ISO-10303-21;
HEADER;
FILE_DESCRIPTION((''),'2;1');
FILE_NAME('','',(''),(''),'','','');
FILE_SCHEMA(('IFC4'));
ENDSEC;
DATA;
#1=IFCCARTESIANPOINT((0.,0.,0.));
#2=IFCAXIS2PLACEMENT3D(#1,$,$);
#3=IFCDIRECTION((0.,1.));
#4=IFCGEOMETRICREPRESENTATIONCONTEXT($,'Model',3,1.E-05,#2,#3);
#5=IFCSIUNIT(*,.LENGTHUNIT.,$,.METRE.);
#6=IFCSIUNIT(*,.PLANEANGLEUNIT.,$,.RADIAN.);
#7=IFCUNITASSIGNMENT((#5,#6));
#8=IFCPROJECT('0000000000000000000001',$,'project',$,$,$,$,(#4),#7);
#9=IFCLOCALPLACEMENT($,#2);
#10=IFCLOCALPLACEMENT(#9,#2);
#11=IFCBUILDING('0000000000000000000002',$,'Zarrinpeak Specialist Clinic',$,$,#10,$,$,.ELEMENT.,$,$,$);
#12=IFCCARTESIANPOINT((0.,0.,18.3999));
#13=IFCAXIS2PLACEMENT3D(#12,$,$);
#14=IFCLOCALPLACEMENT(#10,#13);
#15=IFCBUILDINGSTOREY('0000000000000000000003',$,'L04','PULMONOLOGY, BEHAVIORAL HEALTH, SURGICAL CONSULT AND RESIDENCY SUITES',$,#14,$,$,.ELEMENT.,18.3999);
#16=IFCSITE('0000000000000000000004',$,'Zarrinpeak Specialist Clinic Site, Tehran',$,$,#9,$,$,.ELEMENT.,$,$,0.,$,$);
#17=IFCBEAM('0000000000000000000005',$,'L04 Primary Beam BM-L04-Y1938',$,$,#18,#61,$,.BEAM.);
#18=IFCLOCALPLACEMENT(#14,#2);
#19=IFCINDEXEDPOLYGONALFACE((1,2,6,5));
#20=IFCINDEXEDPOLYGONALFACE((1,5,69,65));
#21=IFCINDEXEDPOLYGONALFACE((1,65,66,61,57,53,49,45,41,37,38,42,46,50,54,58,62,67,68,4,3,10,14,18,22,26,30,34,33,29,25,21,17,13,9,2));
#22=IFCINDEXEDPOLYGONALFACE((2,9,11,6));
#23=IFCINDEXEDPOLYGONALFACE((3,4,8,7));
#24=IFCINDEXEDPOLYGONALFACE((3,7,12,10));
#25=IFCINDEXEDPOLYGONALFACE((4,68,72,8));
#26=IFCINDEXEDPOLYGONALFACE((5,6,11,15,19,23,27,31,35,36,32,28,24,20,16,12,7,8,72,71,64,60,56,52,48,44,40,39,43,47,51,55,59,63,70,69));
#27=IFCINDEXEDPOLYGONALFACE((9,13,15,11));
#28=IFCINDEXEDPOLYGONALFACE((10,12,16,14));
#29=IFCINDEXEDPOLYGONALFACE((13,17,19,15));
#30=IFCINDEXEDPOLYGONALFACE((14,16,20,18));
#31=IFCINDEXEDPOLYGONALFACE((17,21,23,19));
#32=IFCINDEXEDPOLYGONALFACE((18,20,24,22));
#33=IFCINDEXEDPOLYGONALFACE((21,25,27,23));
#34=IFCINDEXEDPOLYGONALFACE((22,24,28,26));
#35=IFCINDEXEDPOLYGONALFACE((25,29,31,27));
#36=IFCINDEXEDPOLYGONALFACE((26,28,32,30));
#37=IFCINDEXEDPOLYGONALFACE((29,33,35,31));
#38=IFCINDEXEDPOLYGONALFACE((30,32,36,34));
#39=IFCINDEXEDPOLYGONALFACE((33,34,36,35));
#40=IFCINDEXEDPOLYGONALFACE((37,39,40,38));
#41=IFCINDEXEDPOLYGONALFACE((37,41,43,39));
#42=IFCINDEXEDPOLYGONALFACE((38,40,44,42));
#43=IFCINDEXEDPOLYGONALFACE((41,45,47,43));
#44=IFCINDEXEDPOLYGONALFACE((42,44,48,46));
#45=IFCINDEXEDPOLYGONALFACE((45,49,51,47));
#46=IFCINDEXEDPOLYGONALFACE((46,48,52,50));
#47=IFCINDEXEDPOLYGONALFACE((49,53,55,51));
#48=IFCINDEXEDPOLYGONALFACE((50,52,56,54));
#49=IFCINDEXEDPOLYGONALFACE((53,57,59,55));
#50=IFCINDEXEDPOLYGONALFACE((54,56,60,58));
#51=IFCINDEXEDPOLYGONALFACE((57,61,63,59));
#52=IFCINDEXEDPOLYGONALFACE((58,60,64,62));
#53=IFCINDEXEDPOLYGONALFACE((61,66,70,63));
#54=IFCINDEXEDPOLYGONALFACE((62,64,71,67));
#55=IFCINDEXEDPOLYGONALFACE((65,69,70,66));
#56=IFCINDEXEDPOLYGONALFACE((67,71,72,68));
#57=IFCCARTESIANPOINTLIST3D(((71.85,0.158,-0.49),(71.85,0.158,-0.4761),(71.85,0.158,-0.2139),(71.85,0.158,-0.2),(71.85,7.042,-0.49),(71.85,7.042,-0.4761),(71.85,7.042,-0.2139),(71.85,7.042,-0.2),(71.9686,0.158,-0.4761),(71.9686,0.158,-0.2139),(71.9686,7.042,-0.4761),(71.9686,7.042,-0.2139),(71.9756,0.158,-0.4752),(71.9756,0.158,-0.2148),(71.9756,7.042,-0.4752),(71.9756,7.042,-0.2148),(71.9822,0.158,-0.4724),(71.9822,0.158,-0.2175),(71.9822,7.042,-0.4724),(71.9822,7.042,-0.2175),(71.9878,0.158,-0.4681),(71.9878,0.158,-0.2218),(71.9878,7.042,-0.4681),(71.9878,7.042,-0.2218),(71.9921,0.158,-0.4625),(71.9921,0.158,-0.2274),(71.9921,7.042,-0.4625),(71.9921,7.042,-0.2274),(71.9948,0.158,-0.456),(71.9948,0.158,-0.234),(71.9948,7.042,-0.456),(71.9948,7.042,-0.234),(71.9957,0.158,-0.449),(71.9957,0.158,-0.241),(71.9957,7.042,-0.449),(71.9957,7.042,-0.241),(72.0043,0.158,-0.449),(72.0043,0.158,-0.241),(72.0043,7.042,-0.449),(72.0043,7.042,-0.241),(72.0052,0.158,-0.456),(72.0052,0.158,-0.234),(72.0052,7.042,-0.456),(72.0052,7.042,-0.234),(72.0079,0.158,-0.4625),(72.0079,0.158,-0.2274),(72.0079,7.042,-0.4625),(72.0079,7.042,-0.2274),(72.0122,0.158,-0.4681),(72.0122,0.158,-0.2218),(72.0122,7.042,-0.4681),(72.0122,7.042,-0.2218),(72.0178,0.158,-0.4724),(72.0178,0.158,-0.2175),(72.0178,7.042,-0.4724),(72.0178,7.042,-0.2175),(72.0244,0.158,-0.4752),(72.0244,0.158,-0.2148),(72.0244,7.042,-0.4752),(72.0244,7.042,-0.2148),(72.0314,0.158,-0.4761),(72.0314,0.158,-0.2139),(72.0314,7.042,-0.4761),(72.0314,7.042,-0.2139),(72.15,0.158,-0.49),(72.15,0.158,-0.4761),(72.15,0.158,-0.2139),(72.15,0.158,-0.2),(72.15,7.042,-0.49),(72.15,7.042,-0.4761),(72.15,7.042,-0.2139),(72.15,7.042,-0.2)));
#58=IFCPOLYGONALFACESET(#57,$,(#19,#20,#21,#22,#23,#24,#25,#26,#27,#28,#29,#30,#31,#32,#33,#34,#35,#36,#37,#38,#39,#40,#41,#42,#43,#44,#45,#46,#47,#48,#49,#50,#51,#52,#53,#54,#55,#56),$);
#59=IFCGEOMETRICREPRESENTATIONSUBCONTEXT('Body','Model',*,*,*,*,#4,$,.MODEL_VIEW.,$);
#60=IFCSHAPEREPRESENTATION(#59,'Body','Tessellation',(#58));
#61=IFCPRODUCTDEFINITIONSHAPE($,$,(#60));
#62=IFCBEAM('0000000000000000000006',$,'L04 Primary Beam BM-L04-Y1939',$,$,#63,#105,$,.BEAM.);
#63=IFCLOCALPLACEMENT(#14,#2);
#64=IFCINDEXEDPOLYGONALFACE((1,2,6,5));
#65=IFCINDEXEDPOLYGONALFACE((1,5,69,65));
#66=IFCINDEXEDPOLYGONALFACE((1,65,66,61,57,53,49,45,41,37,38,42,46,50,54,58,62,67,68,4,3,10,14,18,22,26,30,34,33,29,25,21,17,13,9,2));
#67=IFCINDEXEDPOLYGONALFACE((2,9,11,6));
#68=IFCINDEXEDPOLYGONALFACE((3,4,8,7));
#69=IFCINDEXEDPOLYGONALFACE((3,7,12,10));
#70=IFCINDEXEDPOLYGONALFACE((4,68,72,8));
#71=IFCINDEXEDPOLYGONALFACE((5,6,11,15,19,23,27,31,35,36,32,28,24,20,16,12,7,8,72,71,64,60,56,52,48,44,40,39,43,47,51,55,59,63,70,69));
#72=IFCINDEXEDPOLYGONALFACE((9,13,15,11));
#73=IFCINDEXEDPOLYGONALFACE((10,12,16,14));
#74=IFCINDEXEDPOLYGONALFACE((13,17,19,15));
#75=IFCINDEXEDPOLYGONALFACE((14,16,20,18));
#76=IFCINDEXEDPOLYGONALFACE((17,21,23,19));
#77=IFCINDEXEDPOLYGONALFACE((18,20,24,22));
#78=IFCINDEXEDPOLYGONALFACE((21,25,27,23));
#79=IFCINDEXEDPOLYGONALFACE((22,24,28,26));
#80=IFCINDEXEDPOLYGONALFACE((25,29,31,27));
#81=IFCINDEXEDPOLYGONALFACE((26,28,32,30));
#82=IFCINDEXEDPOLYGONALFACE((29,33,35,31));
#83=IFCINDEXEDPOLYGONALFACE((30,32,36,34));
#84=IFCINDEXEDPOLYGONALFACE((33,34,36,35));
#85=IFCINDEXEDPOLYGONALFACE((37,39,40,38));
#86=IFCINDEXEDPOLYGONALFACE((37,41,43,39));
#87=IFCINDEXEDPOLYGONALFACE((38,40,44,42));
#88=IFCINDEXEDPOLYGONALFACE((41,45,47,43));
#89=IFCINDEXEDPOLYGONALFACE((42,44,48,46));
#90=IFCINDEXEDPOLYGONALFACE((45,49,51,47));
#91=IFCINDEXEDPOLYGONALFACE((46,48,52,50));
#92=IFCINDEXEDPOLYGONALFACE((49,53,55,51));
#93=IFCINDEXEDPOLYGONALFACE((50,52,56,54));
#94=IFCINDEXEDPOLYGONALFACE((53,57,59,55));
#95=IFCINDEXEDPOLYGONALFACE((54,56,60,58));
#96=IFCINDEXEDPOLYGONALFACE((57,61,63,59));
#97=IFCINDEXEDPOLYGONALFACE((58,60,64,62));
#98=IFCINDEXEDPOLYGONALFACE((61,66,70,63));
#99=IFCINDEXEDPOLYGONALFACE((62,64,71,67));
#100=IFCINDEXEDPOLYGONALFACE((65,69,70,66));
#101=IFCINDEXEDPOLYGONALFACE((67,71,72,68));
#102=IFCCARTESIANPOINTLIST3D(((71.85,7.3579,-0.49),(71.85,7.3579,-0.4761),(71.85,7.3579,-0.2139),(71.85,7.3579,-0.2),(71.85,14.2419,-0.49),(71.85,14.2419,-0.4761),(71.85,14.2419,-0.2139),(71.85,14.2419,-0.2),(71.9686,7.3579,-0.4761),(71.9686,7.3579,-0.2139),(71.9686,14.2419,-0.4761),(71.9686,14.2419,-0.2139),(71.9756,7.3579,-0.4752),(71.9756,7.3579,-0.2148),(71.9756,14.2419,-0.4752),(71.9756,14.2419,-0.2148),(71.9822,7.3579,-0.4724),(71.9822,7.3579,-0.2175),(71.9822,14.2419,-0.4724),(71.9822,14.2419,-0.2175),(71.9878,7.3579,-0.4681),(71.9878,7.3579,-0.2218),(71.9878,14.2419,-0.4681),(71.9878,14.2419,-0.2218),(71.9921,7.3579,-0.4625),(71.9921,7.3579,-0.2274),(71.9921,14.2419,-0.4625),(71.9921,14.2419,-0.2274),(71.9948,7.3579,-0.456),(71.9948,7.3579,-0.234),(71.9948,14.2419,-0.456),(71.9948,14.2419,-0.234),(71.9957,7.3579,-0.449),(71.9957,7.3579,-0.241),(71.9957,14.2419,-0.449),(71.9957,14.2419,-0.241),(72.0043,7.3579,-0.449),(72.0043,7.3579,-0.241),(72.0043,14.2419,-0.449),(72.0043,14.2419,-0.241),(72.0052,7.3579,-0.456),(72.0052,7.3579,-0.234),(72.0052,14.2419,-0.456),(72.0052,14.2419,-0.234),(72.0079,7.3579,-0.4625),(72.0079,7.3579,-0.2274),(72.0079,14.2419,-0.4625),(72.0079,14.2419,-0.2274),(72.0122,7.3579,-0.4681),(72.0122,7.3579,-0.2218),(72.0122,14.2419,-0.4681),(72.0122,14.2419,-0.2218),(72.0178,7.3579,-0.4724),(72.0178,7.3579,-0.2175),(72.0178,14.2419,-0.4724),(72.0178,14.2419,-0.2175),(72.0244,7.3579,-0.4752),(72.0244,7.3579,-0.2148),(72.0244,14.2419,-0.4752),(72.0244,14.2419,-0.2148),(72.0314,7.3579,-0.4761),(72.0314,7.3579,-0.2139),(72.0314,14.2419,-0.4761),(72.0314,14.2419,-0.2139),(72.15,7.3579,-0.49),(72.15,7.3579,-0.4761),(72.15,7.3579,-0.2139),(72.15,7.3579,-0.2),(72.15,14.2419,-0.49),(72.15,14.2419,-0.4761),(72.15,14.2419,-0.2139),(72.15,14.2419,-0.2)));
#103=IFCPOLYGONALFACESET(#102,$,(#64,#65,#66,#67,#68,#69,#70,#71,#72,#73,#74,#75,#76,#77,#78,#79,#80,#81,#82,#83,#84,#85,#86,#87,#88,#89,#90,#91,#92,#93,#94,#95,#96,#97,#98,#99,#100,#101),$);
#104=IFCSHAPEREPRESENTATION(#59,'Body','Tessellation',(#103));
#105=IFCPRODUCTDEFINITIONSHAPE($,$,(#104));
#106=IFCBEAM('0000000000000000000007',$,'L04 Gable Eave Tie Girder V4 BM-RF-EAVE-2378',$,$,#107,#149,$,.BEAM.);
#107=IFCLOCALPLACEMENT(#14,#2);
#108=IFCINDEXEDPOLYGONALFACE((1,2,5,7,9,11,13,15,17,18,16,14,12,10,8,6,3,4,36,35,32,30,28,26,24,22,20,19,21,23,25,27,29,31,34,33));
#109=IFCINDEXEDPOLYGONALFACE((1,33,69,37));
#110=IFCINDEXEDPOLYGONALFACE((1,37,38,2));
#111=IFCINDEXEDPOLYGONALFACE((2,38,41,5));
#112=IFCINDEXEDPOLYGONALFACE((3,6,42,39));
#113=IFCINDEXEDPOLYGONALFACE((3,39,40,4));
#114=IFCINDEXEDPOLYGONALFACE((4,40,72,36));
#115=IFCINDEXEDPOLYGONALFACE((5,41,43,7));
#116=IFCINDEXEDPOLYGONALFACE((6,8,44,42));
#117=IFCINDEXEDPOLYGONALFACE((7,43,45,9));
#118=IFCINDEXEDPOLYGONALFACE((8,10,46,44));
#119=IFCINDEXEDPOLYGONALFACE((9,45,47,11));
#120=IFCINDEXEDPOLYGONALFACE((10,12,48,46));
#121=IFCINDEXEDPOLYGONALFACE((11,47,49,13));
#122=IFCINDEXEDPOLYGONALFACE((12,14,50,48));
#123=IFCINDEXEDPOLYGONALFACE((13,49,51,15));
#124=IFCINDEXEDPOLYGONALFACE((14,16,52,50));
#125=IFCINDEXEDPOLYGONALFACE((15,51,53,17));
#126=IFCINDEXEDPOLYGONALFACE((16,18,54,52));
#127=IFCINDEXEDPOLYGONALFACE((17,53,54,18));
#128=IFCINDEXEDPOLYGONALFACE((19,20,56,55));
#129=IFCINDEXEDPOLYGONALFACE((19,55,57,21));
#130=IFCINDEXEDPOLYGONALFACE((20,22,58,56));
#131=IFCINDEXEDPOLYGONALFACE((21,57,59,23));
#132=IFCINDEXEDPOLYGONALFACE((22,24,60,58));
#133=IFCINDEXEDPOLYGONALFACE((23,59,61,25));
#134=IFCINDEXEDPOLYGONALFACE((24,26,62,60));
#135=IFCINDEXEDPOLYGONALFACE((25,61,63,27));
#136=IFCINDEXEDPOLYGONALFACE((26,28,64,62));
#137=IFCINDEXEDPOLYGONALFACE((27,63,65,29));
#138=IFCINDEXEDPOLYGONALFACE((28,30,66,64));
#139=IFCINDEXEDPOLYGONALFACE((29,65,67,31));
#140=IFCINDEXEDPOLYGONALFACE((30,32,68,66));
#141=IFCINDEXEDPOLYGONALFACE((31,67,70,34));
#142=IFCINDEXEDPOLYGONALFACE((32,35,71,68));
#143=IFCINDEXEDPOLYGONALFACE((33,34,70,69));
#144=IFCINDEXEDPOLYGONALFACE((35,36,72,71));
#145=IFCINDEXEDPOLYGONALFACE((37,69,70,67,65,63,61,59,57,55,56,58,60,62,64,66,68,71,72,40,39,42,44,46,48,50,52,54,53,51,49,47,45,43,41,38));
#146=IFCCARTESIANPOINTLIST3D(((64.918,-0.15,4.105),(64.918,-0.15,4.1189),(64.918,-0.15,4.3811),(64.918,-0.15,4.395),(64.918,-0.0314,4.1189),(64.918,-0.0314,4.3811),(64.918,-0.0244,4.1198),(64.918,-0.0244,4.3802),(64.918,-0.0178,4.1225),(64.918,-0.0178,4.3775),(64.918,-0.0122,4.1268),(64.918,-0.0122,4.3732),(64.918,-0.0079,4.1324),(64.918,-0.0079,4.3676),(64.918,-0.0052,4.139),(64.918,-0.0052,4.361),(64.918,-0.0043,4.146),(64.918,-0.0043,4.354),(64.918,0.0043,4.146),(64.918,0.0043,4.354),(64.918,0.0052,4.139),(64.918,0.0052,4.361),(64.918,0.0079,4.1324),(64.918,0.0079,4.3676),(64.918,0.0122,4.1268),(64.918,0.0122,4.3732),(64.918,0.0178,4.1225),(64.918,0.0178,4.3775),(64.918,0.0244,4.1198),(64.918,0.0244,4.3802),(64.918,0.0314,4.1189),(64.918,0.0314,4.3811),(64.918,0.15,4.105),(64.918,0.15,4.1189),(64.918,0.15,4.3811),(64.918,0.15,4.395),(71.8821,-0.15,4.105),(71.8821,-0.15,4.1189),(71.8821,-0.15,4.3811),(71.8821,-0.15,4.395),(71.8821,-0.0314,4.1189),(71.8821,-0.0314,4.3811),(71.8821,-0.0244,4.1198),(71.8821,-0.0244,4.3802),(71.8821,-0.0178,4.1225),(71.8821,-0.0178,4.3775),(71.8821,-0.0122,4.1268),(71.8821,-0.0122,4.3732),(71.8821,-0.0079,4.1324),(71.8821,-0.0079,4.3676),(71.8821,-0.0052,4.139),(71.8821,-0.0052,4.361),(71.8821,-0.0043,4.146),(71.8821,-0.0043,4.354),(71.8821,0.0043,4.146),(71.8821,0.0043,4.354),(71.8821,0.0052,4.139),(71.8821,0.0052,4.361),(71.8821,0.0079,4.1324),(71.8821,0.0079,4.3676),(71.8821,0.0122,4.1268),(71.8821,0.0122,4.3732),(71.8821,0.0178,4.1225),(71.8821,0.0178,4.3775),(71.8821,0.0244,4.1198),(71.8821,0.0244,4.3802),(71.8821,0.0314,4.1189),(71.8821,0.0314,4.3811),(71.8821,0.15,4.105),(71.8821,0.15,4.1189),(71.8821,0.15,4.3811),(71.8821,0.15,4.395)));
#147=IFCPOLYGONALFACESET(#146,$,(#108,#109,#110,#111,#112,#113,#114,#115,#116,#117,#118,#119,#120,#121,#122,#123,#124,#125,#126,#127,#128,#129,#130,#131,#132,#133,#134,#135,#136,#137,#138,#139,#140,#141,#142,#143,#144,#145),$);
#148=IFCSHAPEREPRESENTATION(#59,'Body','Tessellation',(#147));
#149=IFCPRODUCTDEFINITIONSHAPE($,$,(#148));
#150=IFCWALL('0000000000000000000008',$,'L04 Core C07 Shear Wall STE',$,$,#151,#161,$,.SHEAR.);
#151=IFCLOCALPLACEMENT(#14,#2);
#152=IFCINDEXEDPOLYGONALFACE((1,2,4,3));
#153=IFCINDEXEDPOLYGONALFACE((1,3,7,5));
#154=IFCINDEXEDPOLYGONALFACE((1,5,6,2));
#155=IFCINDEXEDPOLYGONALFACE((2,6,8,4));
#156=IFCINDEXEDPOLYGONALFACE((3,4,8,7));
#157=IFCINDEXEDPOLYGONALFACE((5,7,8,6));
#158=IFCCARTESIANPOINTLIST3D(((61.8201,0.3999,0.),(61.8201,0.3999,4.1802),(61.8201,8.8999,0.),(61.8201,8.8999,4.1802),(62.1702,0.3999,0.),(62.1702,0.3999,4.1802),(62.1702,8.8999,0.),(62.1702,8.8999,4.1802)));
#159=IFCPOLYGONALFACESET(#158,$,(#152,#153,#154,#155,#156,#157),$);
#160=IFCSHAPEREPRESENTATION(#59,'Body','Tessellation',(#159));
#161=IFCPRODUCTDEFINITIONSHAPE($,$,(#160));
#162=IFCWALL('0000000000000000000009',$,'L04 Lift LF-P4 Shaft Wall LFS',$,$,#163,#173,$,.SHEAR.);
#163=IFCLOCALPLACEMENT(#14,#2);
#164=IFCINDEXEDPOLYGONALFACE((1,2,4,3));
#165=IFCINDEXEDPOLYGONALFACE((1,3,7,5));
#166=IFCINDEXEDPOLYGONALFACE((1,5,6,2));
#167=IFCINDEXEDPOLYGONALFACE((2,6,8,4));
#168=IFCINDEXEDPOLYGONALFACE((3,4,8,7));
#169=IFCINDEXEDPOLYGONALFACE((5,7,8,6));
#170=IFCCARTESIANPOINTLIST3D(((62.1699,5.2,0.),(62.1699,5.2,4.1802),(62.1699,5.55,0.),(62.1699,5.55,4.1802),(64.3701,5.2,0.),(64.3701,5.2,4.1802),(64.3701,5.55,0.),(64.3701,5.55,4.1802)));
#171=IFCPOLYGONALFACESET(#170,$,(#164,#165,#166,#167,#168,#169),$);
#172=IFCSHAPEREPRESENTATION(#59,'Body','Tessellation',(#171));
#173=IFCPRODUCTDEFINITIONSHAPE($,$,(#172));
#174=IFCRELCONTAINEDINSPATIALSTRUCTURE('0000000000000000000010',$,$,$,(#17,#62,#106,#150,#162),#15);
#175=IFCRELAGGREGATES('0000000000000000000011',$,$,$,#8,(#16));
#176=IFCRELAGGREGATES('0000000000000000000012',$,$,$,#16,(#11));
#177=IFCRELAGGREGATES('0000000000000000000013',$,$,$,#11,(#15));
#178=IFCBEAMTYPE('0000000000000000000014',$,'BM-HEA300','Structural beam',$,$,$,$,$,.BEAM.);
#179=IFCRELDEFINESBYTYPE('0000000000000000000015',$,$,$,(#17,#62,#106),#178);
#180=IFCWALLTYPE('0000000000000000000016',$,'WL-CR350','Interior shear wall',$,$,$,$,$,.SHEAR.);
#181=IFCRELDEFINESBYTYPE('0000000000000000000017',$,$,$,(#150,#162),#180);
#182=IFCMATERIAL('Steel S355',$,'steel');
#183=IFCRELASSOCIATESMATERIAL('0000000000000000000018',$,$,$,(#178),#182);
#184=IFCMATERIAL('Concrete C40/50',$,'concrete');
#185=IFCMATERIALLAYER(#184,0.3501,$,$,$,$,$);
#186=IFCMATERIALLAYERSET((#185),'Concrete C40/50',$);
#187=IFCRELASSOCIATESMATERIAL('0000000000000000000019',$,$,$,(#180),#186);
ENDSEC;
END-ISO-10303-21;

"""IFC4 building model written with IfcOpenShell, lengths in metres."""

from ifc_helpers import new_model, si_unit, direction, frame, frame_2d, origin, origin_2d, place, context, subcontext, project, spatial, rectangle, i_section, extrude, material, layer, layer_set, material_profile, profile_set, type_object, element, save


model = new_model("IFC4")

# Units and contexts
model_context = context("Model", 3, precision=1e-05, world=origin(), true_north=direction((0.0, 1.0)))
body_context = subcontext(model_context, "Body", "Model", "MODEL_VIEW")
ifc_project = project(units=[si_unit("LENGTHUNIT", "METRE"), si_unit("PLANEANGLEUNIT", "RADIAN")], contexts=[model_context])

# Site, building, storey
site_placement = place(None, origin())
site = spatial("IfcSite", under=ifc_project, at=site_placement, Name="Zarrinpeak Specialist Clinic Site, Tehran", CompositionType="ELEMENT", RefElevation=0.0)
building_placement = place(site_placement, origin())
building = spatial("IfcBuilding", under=site, at=building_placement, Name="Zarrinpeak Specialist Clinic", CompositionType="ELEMENT")
storey_placement = place(building_placement, frame((0.0, 0.0, 18.3999)))
storey = spatial("IfcBuildingStorey", under=building, at=storey_placement, Name="L04", Description="PULMONOLOGY, BEHAVIORAL HEALTH, SURGICAL CONSULT AND RESIDENCY SUITES", CompositionType="ELEMENT", Elevation=18.3999)

# Shared definitions
ifc_material_1 = material(Name="Steel S355", Category="steel")

# Beams
ifc_material_profile_1 = material_profile(ifc_material_1, i_section(OverallWidth=0.3, OverallDepth=0.29, WebThickness=0.0085, FlangeThickness=0.0139, FilletRadius=0.0271, at=origin_2d()), Name="HEA 300")
ifc_profile_set_1 = profile_set([ifc_material_profile_1], Name="Steel S355")
beam_type_1 = type_object("IfcBeamType", Name="BM-HEA300", Description="Structural beam", PredefinedType="BEAM", material=ifc_profile_set_1)
for number, where, z_axis, x_axis, name in (
    (1, (72.0, 0.158, -0.345), (0.0, 1.0, 0.0), (-1.0, 0.0, 0.0), "L04 Primary Beam BM-L04-Y1938"),
    (2, (72.0, 7.3579, -0.345), (0.0, 1.0, 0.0), (-1.0, 0.0, 0.0), "L04 Primary Beam BM-L04-Y1939"),
):
    element("IfcBeam", number, at=place(storey_placement, frame(where, z_axis=z_axis, x_axis=x_axis)), inside=storey, type_object=beam_type_1, Name=name, PredefinedType="BEAM", context=body_context, shape_type="SweptSolid", body=[
        extrude(i_section(OverallWidth=0.3, OverallDepth=0.29, WebThickness=0.0085, FlangeThickness=0.0139, FilletRadius=0.0271, at=origin_2d()), origin(), (0.0, 0.0, 1.0), 6.884),
    ])
beam_1_placement = place(storey_placement, frame((64.918, 0.0, 4.25), z_axis=(1.0, 0.0, 0.0), x_axis=(0.0, 1.0, 0.0)))
element("IfcBeam", 3, at=beam_1_placement, inside=storey, type_object=beam_type_1, Name="L04 Gable Eave Tie Girder V4 BM-RF-EAVE-2378", PredefinedType="BEAM", context=body_context, shape_type="SweptSolid", body=[
    extrude(i_section(OverallWidth=0.3, OverallDepth=0.29, WebThickness=0.0085, FlangeThickness=0.0139, FilletRadius=0.0271, at=origin_2d()), origin(), (0.0, 0.0, 1.0), 6.9641),
])

# Shared definitions
ifc_material_2 = material(Name="Concrete C40/50", Category="concrete")
ifc_layer_1 = layer(ifc_material_2, 0.3501)
ifc_layer_set_1 = layer_set([ifc_layer_1], Name="Concrete C40/50")
wall_type_1 = type_object("IfcWallType", Name="WL-CR350", Description="Interior shear wall", PredefinedType="SHEAR", material=ifc_layer_set_1)

# Walls
wall_1_placement = place(storey_placement, frame((61.9951, 0.3999, 0.0), z_axis=(0.0, 0.0, 1.0), x_axis=(0.0, 1.0, 0.0)))
element("IfcWall", 4, at=wall_1_placement, inside=storey, type_object=wall_type_1, Name="L04 Core C07 Shear Wall STE", PredefinedType="SHEAR", context=body_context, shape_type="SweptSolid", body=[
    extrude(rectangle(XDim=8.5, YDim=0.3501, at=frame_2d((4.25, 0.0))), origin(), (0.0, 0.0, 1.0), 4.1802),
])
wall_2_placement = place(storey_placement, frame((62.1699, 5.375, 0.0), z_axis=(0.0, 0.0, 1.0), x_axis=(1.0, 0.0, 0.0)))
element("IfcWall", 5, at=wall_2_placement, inside=storey, type_object=wall_type_1, Name="L04 Lift LF-P4 Shaft Wall LFS", PredefinedType="SHEAR", context=body_context, shape_type="SweptSolid", body=[
    extrude(rectangle(XDim=2.2002, YDim=0.3501, at=frame_2d((1.1001, 0.0))), origin(), (0.0, 0.0, 1.0), 4.1802),
])

save(model, "model.ifc")
